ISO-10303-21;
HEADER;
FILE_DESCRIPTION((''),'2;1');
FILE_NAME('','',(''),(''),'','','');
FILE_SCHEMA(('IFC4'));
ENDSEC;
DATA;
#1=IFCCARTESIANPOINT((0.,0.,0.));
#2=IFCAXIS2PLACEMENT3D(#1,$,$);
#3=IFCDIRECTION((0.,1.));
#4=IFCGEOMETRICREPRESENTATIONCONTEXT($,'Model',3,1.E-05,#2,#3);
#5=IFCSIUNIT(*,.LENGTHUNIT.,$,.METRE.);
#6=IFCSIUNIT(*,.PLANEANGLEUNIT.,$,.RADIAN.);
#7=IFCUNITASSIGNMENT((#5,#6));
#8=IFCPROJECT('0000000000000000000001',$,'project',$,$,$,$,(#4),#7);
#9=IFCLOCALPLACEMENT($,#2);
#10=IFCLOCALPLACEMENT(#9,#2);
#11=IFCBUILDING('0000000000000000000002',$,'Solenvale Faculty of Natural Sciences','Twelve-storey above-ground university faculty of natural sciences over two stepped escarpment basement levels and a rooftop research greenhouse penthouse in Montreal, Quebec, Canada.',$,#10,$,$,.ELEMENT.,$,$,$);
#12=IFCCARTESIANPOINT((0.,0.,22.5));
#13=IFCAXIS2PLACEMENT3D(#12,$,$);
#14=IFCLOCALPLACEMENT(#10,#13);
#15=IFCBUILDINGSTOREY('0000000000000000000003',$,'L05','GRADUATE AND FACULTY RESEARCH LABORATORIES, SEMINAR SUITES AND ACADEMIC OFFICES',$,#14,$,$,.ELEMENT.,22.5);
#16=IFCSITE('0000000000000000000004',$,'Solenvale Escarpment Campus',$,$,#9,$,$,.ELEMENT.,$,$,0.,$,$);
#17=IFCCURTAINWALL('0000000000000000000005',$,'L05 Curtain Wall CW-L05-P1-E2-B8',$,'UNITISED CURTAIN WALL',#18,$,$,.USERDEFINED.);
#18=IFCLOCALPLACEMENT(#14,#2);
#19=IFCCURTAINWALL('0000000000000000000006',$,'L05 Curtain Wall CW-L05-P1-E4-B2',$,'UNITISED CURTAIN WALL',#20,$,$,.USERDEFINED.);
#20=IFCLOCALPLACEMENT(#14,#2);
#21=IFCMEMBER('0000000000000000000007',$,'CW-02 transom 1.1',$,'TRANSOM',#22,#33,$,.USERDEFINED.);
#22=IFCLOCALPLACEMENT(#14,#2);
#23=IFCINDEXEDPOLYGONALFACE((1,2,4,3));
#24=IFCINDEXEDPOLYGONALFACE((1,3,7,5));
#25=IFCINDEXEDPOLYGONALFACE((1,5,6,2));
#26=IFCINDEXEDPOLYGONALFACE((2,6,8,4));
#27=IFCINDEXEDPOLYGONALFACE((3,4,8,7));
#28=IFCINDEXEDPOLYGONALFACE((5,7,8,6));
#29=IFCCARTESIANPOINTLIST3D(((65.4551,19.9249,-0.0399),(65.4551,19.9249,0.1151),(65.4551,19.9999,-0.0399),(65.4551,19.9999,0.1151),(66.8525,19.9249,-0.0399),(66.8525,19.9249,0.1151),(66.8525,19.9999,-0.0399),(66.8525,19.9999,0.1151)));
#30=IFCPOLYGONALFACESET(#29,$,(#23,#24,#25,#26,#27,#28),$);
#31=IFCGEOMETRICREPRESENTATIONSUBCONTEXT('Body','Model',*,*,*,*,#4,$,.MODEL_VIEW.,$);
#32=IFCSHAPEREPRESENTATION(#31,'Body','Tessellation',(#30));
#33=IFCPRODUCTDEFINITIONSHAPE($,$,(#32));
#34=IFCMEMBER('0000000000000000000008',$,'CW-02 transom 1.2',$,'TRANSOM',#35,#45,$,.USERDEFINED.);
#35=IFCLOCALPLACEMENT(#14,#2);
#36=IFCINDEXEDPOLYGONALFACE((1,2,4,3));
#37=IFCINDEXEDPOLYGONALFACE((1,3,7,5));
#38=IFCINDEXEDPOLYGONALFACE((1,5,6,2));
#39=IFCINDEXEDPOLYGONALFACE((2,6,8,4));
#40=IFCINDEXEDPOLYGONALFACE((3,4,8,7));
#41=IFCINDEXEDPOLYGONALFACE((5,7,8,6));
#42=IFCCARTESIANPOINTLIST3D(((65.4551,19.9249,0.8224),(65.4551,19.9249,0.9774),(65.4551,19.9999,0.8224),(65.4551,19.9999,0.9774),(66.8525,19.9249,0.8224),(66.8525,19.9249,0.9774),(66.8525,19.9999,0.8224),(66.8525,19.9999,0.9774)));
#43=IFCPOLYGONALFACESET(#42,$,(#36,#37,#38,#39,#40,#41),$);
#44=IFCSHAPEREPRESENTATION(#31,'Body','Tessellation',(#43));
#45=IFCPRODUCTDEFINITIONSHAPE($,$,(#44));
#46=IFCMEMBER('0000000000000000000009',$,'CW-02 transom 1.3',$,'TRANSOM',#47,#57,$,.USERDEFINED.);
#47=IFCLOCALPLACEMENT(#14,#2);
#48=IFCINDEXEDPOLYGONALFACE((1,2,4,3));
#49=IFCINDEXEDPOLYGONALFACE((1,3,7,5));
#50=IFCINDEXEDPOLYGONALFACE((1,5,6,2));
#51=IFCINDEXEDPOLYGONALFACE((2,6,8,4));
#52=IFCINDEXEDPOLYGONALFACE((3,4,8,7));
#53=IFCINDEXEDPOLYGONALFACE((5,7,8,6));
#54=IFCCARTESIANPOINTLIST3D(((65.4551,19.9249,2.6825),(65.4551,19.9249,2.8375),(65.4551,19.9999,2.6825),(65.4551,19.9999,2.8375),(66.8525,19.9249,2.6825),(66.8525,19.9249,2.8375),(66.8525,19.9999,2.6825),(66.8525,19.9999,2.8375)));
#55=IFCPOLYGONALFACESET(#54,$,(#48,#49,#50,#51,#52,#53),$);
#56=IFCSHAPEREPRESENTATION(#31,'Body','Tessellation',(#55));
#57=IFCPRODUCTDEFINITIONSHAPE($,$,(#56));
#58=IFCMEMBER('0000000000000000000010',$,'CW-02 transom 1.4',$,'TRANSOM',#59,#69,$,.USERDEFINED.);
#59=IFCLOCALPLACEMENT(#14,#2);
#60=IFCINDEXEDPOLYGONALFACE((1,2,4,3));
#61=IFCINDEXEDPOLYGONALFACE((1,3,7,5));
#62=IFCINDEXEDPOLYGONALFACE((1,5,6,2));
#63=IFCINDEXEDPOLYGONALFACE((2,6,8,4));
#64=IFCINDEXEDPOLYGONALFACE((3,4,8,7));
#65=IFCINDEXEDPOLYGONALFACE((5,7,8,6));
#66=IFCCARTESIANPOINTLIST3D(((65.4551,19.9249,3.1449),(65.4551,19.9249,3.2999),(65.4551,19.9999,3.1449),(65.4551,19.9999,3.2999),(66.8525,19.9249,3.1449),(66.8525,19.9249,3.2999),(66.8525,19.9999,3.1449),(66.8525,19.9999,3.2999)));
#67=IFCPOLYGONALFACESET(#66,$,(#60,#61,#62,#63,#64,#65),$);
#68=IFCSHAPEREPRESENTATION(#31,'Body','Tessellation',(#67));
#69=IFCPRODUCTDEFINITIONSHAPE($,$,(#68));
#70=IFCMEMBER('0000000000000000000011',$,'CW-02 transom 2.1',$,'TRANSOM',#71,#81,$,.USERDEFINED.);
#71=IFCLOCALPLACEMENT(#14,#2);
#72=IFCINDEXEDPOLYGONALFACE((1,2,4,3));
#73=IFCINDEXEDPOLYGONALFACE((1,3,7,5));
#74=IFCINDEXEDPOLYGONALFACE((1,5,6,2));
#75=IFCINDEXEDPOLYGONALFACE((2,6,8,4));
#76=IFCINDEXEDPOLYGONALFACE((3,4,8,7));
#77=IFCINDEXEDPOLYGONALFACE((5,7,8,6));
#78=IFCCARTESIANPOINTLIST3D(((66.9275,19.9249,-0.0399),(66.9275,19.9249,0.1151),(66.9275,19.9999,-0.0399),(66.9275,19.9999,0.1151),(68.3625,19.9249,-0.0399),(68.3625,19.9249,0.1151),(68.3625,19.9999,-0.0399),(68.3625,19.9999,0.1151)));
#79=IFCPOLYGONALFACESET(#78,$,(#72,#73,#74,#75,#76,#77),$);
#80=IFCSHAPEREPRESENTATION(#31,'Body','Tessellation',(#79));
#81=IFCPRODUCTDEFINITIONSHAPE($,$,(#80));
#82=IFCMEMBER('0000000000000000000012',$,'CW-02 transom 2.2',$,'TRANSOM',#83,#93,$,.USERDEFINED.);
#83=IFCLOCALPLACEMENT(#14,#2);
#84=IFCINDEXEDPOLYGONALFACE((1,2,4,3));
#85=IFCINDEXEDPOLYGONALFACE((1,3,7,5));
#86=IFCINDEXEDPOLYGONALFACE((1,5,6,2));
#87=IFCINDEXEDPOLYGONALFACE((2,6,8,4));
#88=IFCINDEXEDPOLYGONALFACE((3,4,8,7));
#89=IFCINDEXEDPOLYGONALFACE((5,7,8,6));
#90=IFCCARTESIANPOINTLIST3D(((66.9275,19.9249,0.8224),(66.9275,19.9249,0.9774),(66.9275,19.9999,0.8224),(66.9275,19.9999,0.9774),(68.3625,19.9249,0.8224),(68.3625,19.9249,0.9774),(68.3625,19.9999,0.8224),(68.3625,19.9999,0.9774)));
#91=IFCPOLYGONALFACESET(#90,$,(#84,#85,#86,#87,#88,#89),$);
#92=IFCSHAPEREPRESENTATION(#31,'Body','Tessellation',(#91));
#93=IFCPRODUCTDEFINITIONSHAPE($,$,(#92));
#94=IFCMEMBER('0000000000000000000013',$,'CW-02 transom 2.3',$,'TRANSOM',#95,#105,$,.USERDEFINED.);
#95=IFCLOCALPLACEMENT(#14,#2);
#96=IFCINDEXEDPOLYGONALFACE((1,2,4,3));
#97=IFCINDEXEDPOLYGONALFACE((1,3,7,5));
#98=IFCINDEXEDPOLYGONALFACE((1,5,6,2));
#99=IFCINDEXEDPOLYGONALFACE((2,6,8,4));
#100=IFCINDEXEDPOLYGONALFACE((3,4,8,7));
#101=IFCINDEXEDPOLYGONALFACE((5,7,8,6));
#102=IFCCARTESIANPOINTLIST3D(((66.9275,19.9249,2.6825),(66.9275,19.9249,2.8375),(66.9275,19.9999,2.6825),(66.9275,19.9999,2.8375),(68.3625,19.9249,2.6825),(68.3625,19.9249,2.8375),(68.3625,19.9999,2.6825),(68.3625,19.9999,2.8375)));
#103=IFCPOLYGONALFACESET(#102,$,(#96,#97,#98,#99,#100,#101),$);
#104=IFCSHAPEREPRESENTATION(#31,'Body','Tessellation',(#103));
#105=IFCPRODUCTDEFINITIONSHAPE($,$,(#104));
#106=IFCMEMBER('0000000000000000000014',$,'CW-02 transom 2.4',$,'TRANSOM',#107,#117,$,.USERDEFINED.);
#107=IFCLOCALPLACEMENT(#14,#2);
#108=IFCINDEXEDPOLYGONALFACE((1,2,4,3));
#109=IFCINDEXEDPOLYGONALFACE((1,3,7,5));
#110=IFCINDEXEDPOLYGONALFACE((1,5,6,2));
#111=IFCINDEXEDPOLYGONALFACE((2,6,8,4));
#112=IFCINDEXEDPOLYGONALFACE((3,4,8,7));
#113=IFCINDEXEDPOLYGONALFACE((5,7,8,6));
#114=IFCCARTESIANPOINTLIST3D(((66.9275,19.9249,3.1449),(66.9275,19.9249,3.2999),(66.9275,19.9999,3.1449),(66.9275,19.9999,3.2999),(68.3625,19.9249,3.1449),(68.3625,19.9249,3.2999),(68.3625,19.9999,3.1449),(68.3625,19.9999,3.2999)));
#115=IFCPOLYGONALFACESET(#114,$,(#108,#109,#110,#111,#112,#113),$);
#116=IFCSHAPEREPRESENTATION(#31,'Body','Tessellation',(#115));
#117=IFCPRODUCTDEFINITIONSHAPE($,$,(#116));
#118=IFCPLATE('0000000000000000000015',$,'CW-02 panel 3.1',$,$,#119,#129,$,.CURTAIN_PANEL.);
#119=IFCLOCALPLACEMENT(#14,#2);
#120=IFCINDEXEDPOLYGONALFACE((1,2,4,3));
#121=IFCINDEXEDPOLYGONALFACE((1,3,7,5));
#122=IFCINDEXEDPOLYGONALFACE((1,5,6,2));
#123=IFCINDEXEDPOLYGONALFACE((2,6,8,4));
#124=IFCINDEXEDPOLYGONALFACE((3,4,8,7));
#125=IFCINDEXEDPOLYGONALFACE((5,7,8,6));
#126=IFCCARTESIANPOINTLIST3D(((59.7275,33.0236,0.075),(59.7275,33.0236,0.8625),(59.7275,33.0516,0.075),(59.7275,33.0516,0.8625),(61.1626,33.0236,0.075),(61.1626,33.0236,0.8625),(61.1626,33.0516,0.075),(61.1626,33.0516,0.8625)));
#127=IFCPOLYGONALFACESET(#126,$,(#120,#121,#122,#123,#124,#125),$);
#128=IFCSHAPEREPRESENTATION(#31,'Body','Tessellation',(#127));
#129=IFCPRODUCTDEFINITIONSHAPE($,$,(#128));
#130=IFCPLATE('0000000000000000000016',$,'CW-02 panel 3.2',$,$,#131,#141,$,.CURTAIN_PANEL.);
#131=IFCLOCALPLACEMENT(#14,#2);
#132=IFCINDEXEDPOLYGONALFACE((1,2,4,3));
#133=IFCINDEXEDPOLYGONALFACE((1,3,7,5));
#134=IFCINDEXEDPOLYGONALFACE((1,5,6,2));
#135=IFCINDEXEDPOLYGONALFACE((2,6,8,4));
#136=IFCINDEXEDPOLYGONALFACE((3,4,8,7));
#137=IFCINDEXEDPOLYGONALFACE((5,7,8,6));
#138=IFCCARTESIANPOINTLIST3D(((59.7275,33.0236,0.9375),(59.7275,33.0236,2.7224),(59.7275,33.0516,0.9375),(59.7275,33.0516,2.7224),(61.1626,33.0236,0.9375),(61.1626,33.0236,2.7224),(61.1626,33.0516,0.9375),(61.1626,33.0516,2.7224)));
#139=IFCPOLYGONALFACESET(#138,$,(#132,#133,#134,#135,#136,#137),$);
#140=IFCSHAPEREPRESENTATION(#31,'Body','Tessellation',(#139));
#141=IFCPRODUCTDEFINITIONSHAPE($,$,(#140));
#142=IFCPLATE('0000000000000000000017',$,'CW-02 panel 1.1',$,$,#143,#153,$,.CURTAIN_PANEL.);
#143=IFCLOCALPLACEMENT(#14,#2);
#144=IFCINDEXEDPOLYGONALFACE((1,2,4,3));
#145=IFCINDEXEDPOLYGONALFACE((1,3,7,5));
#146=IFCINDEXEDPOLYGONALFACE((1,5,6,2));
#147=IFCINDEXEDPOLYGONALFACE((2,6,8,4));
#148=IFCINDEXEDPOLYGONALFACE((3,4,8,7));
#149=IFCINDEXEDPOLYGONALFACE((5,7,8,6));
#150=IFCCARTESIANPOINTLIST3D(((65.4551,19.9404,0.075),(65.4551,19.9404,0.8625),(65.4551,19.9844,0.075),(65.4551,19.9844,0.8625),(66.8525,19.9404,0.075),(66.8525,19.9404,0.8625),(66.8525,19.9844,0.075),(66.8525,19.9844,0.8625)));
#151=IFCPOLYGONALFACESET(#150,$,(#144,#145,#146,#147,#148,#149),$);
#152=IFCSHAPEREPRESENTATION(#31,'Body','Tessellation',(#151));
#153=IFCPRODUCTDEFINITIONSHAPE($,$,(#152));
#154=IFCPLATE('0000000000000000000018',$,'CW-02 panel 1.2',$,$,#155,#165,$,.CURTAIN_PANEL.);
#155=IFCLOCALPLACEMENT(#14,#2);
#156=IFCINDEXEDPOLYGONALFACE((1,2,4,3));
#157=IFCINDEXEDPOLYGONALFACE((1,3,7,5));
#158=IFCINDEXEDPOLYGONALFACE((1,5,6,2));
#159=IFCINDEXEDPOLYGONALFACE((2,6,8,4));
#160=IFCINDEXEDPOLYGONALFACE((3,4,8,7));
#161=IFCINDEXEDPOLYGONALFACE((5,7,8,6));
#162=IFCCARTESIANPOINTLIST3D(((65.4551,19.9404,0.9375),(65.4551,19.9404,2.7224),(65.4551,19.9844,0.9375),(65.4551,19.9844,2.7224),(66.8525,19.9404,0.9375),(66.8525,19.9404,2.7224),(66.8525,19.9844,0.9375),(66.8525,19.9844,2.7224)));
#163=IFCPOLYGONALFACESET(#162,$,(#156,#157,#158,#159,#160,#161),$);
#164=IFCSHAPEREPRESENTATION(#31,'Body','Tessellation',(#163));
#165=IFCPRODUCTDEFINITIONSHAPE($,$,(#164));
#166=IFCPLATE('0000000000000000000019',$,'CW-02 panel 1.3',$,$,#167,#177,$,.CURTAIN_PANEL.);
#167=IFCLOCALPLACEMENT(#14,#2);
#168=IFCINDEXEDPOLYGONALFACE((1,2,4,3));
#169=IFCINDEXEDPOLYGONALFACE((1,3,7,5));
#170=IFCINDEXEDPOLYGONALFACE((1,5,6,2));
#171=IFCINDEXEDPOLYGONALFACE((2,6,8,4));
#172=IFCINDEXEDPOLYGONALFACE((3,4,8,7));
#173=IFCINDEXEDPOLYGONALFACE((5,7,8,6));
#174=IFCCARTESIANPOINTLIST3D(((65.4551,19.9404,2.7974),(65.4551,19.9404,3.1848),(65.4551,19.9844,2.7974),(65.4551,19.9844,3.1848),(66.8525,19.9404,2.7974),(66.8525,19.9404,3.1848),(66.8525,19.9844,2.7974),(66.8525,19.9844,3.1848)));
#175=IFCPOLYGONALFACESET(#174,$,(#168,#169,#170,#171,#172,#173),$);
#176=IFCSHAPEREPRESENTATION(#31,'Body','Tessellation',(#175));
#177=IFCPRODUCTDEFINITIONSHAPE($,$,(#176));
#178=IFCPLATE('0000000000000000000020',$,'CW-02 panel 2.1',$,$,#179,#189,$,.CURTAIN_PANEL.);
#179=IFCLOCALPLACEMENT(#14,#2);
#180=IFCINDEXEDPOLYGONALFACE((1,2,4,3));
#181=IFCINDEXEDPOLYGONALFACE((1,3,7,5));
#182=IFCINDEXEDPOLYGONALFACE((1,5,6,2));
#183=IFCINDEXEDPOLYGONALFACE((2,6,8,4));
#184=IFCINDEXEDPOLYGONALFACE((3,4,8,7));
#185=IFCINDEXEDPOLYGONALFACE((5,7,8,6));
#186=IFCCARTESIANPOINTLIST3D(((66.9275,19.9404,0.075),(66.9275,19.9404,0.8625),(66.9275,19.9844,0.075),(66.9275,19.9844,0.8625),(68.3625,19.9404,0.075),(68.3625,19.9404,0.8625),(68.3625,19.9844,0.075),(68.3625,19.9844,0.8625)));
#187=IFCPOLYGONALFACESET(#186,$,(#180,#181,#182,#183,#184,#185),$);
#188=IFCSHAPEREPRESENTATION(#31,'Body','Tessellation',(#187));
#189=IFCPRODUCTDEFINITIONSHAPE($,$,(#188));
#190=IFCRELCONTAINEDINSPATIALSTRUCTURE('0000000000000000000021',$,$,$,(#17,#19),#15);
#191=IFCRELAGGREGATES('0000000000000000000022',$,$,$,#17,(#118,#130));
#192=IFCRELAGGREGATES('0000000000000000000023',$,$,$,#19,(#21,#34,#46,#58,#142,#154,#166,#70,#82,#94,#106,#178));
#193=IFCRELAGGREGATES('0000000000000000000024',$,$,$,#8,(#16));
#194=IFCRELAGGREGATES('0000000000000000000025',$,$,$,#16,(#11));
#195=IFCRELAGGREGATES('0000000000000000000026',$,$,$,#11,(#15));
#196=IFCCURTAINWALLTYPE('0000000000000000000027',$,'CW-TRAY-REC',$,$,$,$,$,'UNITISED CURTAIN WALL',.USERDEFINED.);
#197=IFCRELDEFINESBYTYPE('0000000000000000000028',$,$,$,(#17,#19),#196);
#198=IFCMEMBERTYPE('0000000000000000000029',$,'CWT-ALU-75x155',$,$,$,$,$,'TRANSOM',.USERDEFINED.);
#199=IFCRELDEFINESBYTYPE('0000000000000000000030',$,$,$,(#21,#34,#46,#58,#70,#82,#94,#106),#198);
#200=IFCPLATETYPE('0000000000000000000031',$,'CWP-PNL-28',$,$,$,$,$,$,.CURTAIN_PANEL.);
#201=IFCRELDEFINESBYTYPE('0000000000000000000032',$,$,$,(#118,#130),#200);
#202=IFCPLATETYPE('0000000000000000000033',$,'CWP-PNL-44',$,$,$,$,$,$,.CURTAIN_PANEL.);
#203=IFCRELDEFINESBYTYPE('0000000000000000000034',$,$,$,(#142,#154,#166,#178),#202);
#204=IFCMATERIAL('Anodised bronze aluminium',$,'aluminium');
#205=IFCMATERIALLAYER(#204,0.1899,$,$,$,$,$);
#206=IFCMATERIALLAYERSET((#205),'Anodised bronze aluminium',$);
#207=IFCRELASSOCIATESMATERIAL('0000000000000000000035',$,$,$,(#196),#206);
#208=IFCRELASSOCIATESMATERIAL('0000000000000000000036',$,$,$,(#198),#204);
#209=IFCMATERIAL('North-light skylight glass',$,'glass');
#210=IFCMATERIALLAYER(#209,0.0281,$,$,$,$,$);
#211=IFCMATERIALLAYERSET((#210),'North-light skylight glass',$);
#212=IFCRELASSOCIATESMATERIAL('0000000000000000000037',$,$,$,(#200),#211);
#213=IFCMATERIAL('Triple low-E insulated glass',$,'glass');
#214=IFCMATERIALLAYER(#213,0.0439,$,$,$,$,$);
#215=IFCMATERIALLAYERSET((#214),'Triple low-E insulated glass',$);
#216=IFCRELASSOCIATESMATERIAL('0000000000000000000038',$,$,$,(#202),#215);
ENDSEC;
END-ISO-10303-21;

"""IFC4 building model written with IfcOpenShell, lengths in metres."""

from ifc_helpers import new_model, si_unit, direction, frame, origin, origin_2d, place, context, subcontext, project, spatial, rectangle, extrude, material, layer, layer_set, material_profile, profile_set, type_object, element, aggregate, save


model = new_model("IFC4")

# Units and contexts
model_context = context("Model", 3, precision=1e-05, world=origin(), true_north=direction((0.0, 1.0)))
body_context = subcontext(model_context, "Body", "Model", "MODEL_VIEW")
ifc_project = project(units=[si_unit("LENGTHUNIT", "METRE"), si_unit("PLANEANGLEUNIT", "RADIAN")], contexts=[model_context])

# Site, building, storey
site_placement = place(None, origin())
site = spatial("IfcSite", under=ifc_project, at=site_placement, Name="Solenvale Escarpment Campus", CompositionType="ELEMENT", RefElevation=0.0)
building_placement = place(site_placement, origin())
building = spatial("IfcBuilding", under=site, at=building_placement, Name="Solenvale Faculty of Natural Sciences", Description="Twelve-storey above-ground university faculty of natural sciences over two stepped escarpment basement levels and a rooftop research greenhouse penthouse in Montreal, Quebec, Canada.", CompositionType="ELEMENT")
storey_placement = place(building_placement, frame((0.0, 0.0, 22.5)))
storey = spatial("IfcBuildingStorey", under=building, at=storey_placement, Name="L05", Description="GRADUATE AND FACULTY RESEARCH LABORATORIES, SEMINAR SUITES AND ACADEMIC OFFICES", CompositionType="ELEMENT", Elevation=22.5)

# Curtain wall
ifc_material_1 = material(Name="Anodised bronze aluminium", Category="aluminium")
ifc_layer_1 = layer(ifc_material_1, 0.1899)
ifc_layer_set_1 = layer_set([ifc_layer_1], Name="Anodised bronze aluminium")
curtain_wall_type = type_object("IfcCurtainWallType", Name="CW-TRAY-REC", ElementType="UNITISED CURTAIN WALL", PredefinedType="USERDEFINED", material=ifc_layer_set_1)
curtain_wall_1_placement = place(storey_placement, origin())
curtain_wall_1 = element("IfcCurtainWall", 1, at=curtain_wall_1_placement, inside=storey, type_object=curtain_wall_type, Name="L05 Curtain Wall CW-L05-P1-E2-B8", ObjectType="UNITISED CURTAIN WALL", PredefinedType="USERDEFINED")

# Curtain wall
curtain_wall_2_placement = place(storey_placement, origin())
curtain_wall_2 = element("IfcCurtainWall", 2, at=curtain_wall_2_placement, inside=storey, type_object=curtain_wall_type, Name="L05 Curtain Wall CW-L05-P1-E4-B2", ObjectType="UNITISED CURTAIN WALL", PredefinedType="USERDEFINED")

# Members
ifc_material_profile_1 = material_profile(ifc_material_1, rectangle(XDim=0.075, YDim=0.155, at=origin_2d()), Name="ALU-TRN-75x155")
ifc_profile_set_1 = profile_set([ifc_material_profile_1], Name="Anodised bronze aluminium")
member_type_1 = type_object("IfcMemberType", Name="CWT-ALU-75x155", ElementType="TRANSOM", PredefinedType="USERDEFINED", material=ifc_profile_set_1)
member_1_placement = place(storey_placement, frame((65.4551, 19.9624, 0.0376), z_axis=(1.0, 0.0, 0.0), x_axis=(0.0, 1.0, 0.0)))
member_1 = element("IfcMember", 3, at=member_1_placement, type_object=member_type_1, Name="CW-02 transom 1.1", ObjectType="TRANSOM", PredefinedType="USERDEFINED", context=body_context, shape_type="SweptSolid", body=[
    extrude(rectangle(XDim=0.075, YDim=0.155, at=origin_2d()), origin(), (0.0, 0.0, 1.0), 1.3975),
])
member_2_placement = place(storey_placement, frame((65.4551, 19.9624, 0.8999), z_axis=(1.0, 0.0, 0.0), x_axis=(0.0, 1.0, 0.0)))
member_2 = element("IfcMember", 4, at=member_2_placement, type_object=member_type_1, Name="CW-02 transom 1.2", ObjectType="TRANSOM", PredefinedType="USERDEFINED", context=body_context, shape_type="SweptSolid", body=[
    extrude(rectangle(XDim=0.075, YDim=0.155, at=origin_2d()), origin(), (0.0, 0.0, 1.0), 1.3975),
])
member_3_placement = place(storey_placement, frame((65.4551, 19.9624, 2.76), z_axis=(1.0, 0.0, 0.0), x_axis=(0.0, 1.0, 0.0)))
member_3 = element("IfcMember", 5, at=member_3_placement, type_object=member_type_1, Name="CW-02 transom 1.3", ObjectType="TRANSOM", PredefinedType="USERDEFINED", context=body_context, shape_type="SweptSolid", body=[
    extrude(rectangle(XDim=0.075, YDim=0.155, at=origin_2d()), origin(), (0.0, 0.0, 1.0), 1.3975),
])
member_4_placement = place(storey_placement, frame((65.4551, 19.9624, 3.2224), z_axis=(1.0, 0.0, 0.0), x_axis=(0.0, 1.0, 0.0)))
member_4 = element("IfcMember", 6, at=member_4_placement, type_object=member_type_1, Name="CW-02 transom 1.4", ObjectType="TRANSOM", PredefinedType="USERDEFINED", context=body_context, shape_type="SweptSolid", body=[
    extrude(rectangle(XDim=0.075, YDim=0.155, at=origin_2d()), origin(), (0.0, 0.0, 1.0), 1.3975),
])
member_5_placement = place(storey_placement, frame((66.9275, 19.9624, 0.0376), z_axis=(1.0, 0.0, 0.0), x_axis=(0.0, 1.0, 0.0)))
member_5 = element("IfcMember", 7, at=member_5_placement, type_object=member_type_1, Name="CW-02 transom 2.1", ObjectType="TRANSOM", PredefinedType="USERDEFINED", context=body_context, shape_type="SweptSolid", body=[
    extrude(rectangle(XDim=0.075, YDim=0.155, at=origin_2d()), origin(), (0.0, 0.0, 1.0), 1.4351),
])
member_6_placement = place(storey_placement, frame((66.9275, 19.9624, 0.8999), z_axis=(1.0, 0.0, 0.0), x_axis=(0.0, 1.0, 0.0)))
member_6 = element("IfcMember", 8, at=member_6_placement, type_object=member_type_1, Name="CW-02 transom 2.2", ObjectType="TRANSOM", PredefinedType="USERDEFINED", context=body_context, shape_type="SweptSolid", body=[
    extrude(rectangle(XDim=0.075, YDim=0.155, at=origin_2d()), origin(), (0.0, 0.0, 1.0), 1.4351),
])
member_7_placement = place(storey_placement, frame((66.9275, 19.9624, 2.76), z_axis=(1.0, 0.0, 0.0), x_axis=(0.0, 1.0, 0.0)))
member_7 = element("IfcMember", 9, at=member_7_placement, type_object=member_type_1, Name="CW-02 transom 2.3", ObjectType="TRANSOM", PredefinedType="USERDEFINED", context=body_context, shape_type="SweptSolid", body=[
    extrude(rectangle(XDim=0.075, YDim=0.155, at=origin_2d()), origin(), (0.0, 0.0, 1.0), 1.4351),
])
member_8_placement = place(storey_placement, frame((66.9275, 19.9624, 3.2224), z_axis=(1.0, 0.0, 0.0), x_axis=(0.0, 1.0, 0.0)))
member_8 = element("IfcMember", 10, at=member_8_placement, type_object=member_type_1, Name="CW-02 transom 2.4", ObjectType="TRANSOM", PredefinedType="USERDEFINED", context=body_context, shape_type="SweptSolid", body=[
    extrude(rectangle(XDim=0.075, YDim=0.155, at=origin_2d()), origin(), (0.0, 0.0, 1.0), 1.4351),
])

# Plates
ifc_material_2 = material(Name="North-light skylight glass", Category="glass")
ifc_layer_2 = layer(ifc_material_2, 0.0281)
ifc_layer_set_2 = layer_set([ifc_layer_2], Name="North-light skylight glass")
plate_type_1 = type_object("IfcPlateType", Name="CWP-PNL-28", PredefinedType="CURTAIN_PANEL", material=ifc_layer_set_2)
plate_1_placement = place(storey_placement, frame((60.4451, 33.0376, 0.075), z_axis=(0.0, 0.0, 1.0), x_axis=(-1.0, 0.0, 0.0)))
plate_1 = element("IfcPlate", 11, at=plate_1_placement, type_object=plate_type_1, Name="CW-02 panel 3.1", PredefinedType="CURTAIN_PANEL", context=body_context, shape_type="SweptSolid", body=[
    extrude(rectangle(XDim=1.4351, YDim=0.0281, at=origin_2d()), origin(), (0.0, 0.0, 1.0), 0.7876),
])
plate_2_placement = place(storey_placement, frame((60.4451, 33.0376, 0.9375), z_axis=(0.0, 0.0, 1.0), x_axis=(-1.0, 0.0, 0.0)))
plate_2 = element("IfcPlate", 12, at=plate_2_placement, type_object=plate_type_1, Name="CW-02 panel 3.2", PredefinedType="CURTAIN_PANEL", context=body_context, shape_type="SweptSolid", body=[
    extrude(rectangle(XDim=1.4351, YDim=0.0281, at=origin_2d()), origin(), (0.0, 0.0, 1.0), 1.7849),
])
aggregate(curtain_wall_1, [plate_1, plate_2])
ifc_material_3 = material(Name="Triple low-E insulated glass", Category="glass")
ifc_layer_3 = layer(ifc_material_3, 0.0439)
ifc_layer_set_3 = layer_set([ifc_layer_3], Name="Triple low-E insulated glass")
plate_type_2 = type_object("IfcPlateType", Name="CWP-PNL-44", PredefinedType="CURTAIN_PANEL", material=ifc_layer_set_3)
plate_3_placement = place(storey_placement, frame((66.1538, 19.9624, 0.075), z_axis=(0.0, 0.0, 1.0), x_axis=(1.0, 0.0, 0.0)))
plate_3 = element("IfcPlate", 13, at=plate_3_placement, type_object=plate_type_2, Name="CW-02 panel 1.1", PredefinedType="CURTAIN_PANEL", context=body_context, shape_type="SweptSolid", body=[
    extrude(rectangle(XDim=1.3975, YDim=0.0439, at=origin_2d()), origin(), (0.0, 0.0, 1.0), 0.7876),
])
plate_4_placement = place(storey_placement, frame((66.1538, 19.9624, 0.9375), z_axis=(0.0, 0.0, 1.0), x_axis=(1.0, 0.0, 0.0)))
plate_4 = element("IfcPlate", 14, at=plate_4_placement, type_object=plate_type_2, Name="CW-02 panel 1.2", PredefinedType="CURTAIN_PANEL", context=body_context, shape_type="SweptSolid", body=[
    extrude(rectangle(XDim=1.3975, YDim=0.0439, at=origin_2d()), origin(), (0.0, 0.0, 1.0), 1.7849),
])
plate_5_placement = place(storey_placement, frame((66.1538, 19.9624, 2.7974), z_axis=(0.0, 0.0, 1.0), x_axis=(1.0, 0.0, 0.0)))
plate_5 = element("IfcPlate", 15, at=plate_5_placement, type_object=plate_type_2, Name="CW-02 panel 1.3", PredefinedType="CURTAIN_PANEL", context=body_context, shape_type="SweptSolid", body=[
    extrude(rectangle(XDim=1.3975, YDim=0.0439, at=origin_2d()), origin(), (0.0, 0.0, 1.0), 0.3875),
])
plate_6_placement = place(storey_placement, frame((67.645, 19.9624, 0.075), z_axis=(0.0, 0.0, 1.0), x_axis=(1.0, 0.0, 0.0)))
plate_6 = element("IfcPlate", 16, at=plate_6_placement, type_object=plate_type_2, Name="CW-02 panel 2.1", PredefinedType="CURTAIN_PANEL", context=body_context, shape_type="SweptSolid", body=[
    extrude(rectangle(XDim=1.4351, YDim=0.0439, at=origin_2d()), origin(), (0.0, 0.0, 1.0), 0.7876),
])
aggregate(curtain_wall_2, [member_1, member_2, member_3, member_4, plate_3, plate_4, plate_5, member_5, member_6, member_7, member_8, plate_6])

save(model, "model.ifc")
